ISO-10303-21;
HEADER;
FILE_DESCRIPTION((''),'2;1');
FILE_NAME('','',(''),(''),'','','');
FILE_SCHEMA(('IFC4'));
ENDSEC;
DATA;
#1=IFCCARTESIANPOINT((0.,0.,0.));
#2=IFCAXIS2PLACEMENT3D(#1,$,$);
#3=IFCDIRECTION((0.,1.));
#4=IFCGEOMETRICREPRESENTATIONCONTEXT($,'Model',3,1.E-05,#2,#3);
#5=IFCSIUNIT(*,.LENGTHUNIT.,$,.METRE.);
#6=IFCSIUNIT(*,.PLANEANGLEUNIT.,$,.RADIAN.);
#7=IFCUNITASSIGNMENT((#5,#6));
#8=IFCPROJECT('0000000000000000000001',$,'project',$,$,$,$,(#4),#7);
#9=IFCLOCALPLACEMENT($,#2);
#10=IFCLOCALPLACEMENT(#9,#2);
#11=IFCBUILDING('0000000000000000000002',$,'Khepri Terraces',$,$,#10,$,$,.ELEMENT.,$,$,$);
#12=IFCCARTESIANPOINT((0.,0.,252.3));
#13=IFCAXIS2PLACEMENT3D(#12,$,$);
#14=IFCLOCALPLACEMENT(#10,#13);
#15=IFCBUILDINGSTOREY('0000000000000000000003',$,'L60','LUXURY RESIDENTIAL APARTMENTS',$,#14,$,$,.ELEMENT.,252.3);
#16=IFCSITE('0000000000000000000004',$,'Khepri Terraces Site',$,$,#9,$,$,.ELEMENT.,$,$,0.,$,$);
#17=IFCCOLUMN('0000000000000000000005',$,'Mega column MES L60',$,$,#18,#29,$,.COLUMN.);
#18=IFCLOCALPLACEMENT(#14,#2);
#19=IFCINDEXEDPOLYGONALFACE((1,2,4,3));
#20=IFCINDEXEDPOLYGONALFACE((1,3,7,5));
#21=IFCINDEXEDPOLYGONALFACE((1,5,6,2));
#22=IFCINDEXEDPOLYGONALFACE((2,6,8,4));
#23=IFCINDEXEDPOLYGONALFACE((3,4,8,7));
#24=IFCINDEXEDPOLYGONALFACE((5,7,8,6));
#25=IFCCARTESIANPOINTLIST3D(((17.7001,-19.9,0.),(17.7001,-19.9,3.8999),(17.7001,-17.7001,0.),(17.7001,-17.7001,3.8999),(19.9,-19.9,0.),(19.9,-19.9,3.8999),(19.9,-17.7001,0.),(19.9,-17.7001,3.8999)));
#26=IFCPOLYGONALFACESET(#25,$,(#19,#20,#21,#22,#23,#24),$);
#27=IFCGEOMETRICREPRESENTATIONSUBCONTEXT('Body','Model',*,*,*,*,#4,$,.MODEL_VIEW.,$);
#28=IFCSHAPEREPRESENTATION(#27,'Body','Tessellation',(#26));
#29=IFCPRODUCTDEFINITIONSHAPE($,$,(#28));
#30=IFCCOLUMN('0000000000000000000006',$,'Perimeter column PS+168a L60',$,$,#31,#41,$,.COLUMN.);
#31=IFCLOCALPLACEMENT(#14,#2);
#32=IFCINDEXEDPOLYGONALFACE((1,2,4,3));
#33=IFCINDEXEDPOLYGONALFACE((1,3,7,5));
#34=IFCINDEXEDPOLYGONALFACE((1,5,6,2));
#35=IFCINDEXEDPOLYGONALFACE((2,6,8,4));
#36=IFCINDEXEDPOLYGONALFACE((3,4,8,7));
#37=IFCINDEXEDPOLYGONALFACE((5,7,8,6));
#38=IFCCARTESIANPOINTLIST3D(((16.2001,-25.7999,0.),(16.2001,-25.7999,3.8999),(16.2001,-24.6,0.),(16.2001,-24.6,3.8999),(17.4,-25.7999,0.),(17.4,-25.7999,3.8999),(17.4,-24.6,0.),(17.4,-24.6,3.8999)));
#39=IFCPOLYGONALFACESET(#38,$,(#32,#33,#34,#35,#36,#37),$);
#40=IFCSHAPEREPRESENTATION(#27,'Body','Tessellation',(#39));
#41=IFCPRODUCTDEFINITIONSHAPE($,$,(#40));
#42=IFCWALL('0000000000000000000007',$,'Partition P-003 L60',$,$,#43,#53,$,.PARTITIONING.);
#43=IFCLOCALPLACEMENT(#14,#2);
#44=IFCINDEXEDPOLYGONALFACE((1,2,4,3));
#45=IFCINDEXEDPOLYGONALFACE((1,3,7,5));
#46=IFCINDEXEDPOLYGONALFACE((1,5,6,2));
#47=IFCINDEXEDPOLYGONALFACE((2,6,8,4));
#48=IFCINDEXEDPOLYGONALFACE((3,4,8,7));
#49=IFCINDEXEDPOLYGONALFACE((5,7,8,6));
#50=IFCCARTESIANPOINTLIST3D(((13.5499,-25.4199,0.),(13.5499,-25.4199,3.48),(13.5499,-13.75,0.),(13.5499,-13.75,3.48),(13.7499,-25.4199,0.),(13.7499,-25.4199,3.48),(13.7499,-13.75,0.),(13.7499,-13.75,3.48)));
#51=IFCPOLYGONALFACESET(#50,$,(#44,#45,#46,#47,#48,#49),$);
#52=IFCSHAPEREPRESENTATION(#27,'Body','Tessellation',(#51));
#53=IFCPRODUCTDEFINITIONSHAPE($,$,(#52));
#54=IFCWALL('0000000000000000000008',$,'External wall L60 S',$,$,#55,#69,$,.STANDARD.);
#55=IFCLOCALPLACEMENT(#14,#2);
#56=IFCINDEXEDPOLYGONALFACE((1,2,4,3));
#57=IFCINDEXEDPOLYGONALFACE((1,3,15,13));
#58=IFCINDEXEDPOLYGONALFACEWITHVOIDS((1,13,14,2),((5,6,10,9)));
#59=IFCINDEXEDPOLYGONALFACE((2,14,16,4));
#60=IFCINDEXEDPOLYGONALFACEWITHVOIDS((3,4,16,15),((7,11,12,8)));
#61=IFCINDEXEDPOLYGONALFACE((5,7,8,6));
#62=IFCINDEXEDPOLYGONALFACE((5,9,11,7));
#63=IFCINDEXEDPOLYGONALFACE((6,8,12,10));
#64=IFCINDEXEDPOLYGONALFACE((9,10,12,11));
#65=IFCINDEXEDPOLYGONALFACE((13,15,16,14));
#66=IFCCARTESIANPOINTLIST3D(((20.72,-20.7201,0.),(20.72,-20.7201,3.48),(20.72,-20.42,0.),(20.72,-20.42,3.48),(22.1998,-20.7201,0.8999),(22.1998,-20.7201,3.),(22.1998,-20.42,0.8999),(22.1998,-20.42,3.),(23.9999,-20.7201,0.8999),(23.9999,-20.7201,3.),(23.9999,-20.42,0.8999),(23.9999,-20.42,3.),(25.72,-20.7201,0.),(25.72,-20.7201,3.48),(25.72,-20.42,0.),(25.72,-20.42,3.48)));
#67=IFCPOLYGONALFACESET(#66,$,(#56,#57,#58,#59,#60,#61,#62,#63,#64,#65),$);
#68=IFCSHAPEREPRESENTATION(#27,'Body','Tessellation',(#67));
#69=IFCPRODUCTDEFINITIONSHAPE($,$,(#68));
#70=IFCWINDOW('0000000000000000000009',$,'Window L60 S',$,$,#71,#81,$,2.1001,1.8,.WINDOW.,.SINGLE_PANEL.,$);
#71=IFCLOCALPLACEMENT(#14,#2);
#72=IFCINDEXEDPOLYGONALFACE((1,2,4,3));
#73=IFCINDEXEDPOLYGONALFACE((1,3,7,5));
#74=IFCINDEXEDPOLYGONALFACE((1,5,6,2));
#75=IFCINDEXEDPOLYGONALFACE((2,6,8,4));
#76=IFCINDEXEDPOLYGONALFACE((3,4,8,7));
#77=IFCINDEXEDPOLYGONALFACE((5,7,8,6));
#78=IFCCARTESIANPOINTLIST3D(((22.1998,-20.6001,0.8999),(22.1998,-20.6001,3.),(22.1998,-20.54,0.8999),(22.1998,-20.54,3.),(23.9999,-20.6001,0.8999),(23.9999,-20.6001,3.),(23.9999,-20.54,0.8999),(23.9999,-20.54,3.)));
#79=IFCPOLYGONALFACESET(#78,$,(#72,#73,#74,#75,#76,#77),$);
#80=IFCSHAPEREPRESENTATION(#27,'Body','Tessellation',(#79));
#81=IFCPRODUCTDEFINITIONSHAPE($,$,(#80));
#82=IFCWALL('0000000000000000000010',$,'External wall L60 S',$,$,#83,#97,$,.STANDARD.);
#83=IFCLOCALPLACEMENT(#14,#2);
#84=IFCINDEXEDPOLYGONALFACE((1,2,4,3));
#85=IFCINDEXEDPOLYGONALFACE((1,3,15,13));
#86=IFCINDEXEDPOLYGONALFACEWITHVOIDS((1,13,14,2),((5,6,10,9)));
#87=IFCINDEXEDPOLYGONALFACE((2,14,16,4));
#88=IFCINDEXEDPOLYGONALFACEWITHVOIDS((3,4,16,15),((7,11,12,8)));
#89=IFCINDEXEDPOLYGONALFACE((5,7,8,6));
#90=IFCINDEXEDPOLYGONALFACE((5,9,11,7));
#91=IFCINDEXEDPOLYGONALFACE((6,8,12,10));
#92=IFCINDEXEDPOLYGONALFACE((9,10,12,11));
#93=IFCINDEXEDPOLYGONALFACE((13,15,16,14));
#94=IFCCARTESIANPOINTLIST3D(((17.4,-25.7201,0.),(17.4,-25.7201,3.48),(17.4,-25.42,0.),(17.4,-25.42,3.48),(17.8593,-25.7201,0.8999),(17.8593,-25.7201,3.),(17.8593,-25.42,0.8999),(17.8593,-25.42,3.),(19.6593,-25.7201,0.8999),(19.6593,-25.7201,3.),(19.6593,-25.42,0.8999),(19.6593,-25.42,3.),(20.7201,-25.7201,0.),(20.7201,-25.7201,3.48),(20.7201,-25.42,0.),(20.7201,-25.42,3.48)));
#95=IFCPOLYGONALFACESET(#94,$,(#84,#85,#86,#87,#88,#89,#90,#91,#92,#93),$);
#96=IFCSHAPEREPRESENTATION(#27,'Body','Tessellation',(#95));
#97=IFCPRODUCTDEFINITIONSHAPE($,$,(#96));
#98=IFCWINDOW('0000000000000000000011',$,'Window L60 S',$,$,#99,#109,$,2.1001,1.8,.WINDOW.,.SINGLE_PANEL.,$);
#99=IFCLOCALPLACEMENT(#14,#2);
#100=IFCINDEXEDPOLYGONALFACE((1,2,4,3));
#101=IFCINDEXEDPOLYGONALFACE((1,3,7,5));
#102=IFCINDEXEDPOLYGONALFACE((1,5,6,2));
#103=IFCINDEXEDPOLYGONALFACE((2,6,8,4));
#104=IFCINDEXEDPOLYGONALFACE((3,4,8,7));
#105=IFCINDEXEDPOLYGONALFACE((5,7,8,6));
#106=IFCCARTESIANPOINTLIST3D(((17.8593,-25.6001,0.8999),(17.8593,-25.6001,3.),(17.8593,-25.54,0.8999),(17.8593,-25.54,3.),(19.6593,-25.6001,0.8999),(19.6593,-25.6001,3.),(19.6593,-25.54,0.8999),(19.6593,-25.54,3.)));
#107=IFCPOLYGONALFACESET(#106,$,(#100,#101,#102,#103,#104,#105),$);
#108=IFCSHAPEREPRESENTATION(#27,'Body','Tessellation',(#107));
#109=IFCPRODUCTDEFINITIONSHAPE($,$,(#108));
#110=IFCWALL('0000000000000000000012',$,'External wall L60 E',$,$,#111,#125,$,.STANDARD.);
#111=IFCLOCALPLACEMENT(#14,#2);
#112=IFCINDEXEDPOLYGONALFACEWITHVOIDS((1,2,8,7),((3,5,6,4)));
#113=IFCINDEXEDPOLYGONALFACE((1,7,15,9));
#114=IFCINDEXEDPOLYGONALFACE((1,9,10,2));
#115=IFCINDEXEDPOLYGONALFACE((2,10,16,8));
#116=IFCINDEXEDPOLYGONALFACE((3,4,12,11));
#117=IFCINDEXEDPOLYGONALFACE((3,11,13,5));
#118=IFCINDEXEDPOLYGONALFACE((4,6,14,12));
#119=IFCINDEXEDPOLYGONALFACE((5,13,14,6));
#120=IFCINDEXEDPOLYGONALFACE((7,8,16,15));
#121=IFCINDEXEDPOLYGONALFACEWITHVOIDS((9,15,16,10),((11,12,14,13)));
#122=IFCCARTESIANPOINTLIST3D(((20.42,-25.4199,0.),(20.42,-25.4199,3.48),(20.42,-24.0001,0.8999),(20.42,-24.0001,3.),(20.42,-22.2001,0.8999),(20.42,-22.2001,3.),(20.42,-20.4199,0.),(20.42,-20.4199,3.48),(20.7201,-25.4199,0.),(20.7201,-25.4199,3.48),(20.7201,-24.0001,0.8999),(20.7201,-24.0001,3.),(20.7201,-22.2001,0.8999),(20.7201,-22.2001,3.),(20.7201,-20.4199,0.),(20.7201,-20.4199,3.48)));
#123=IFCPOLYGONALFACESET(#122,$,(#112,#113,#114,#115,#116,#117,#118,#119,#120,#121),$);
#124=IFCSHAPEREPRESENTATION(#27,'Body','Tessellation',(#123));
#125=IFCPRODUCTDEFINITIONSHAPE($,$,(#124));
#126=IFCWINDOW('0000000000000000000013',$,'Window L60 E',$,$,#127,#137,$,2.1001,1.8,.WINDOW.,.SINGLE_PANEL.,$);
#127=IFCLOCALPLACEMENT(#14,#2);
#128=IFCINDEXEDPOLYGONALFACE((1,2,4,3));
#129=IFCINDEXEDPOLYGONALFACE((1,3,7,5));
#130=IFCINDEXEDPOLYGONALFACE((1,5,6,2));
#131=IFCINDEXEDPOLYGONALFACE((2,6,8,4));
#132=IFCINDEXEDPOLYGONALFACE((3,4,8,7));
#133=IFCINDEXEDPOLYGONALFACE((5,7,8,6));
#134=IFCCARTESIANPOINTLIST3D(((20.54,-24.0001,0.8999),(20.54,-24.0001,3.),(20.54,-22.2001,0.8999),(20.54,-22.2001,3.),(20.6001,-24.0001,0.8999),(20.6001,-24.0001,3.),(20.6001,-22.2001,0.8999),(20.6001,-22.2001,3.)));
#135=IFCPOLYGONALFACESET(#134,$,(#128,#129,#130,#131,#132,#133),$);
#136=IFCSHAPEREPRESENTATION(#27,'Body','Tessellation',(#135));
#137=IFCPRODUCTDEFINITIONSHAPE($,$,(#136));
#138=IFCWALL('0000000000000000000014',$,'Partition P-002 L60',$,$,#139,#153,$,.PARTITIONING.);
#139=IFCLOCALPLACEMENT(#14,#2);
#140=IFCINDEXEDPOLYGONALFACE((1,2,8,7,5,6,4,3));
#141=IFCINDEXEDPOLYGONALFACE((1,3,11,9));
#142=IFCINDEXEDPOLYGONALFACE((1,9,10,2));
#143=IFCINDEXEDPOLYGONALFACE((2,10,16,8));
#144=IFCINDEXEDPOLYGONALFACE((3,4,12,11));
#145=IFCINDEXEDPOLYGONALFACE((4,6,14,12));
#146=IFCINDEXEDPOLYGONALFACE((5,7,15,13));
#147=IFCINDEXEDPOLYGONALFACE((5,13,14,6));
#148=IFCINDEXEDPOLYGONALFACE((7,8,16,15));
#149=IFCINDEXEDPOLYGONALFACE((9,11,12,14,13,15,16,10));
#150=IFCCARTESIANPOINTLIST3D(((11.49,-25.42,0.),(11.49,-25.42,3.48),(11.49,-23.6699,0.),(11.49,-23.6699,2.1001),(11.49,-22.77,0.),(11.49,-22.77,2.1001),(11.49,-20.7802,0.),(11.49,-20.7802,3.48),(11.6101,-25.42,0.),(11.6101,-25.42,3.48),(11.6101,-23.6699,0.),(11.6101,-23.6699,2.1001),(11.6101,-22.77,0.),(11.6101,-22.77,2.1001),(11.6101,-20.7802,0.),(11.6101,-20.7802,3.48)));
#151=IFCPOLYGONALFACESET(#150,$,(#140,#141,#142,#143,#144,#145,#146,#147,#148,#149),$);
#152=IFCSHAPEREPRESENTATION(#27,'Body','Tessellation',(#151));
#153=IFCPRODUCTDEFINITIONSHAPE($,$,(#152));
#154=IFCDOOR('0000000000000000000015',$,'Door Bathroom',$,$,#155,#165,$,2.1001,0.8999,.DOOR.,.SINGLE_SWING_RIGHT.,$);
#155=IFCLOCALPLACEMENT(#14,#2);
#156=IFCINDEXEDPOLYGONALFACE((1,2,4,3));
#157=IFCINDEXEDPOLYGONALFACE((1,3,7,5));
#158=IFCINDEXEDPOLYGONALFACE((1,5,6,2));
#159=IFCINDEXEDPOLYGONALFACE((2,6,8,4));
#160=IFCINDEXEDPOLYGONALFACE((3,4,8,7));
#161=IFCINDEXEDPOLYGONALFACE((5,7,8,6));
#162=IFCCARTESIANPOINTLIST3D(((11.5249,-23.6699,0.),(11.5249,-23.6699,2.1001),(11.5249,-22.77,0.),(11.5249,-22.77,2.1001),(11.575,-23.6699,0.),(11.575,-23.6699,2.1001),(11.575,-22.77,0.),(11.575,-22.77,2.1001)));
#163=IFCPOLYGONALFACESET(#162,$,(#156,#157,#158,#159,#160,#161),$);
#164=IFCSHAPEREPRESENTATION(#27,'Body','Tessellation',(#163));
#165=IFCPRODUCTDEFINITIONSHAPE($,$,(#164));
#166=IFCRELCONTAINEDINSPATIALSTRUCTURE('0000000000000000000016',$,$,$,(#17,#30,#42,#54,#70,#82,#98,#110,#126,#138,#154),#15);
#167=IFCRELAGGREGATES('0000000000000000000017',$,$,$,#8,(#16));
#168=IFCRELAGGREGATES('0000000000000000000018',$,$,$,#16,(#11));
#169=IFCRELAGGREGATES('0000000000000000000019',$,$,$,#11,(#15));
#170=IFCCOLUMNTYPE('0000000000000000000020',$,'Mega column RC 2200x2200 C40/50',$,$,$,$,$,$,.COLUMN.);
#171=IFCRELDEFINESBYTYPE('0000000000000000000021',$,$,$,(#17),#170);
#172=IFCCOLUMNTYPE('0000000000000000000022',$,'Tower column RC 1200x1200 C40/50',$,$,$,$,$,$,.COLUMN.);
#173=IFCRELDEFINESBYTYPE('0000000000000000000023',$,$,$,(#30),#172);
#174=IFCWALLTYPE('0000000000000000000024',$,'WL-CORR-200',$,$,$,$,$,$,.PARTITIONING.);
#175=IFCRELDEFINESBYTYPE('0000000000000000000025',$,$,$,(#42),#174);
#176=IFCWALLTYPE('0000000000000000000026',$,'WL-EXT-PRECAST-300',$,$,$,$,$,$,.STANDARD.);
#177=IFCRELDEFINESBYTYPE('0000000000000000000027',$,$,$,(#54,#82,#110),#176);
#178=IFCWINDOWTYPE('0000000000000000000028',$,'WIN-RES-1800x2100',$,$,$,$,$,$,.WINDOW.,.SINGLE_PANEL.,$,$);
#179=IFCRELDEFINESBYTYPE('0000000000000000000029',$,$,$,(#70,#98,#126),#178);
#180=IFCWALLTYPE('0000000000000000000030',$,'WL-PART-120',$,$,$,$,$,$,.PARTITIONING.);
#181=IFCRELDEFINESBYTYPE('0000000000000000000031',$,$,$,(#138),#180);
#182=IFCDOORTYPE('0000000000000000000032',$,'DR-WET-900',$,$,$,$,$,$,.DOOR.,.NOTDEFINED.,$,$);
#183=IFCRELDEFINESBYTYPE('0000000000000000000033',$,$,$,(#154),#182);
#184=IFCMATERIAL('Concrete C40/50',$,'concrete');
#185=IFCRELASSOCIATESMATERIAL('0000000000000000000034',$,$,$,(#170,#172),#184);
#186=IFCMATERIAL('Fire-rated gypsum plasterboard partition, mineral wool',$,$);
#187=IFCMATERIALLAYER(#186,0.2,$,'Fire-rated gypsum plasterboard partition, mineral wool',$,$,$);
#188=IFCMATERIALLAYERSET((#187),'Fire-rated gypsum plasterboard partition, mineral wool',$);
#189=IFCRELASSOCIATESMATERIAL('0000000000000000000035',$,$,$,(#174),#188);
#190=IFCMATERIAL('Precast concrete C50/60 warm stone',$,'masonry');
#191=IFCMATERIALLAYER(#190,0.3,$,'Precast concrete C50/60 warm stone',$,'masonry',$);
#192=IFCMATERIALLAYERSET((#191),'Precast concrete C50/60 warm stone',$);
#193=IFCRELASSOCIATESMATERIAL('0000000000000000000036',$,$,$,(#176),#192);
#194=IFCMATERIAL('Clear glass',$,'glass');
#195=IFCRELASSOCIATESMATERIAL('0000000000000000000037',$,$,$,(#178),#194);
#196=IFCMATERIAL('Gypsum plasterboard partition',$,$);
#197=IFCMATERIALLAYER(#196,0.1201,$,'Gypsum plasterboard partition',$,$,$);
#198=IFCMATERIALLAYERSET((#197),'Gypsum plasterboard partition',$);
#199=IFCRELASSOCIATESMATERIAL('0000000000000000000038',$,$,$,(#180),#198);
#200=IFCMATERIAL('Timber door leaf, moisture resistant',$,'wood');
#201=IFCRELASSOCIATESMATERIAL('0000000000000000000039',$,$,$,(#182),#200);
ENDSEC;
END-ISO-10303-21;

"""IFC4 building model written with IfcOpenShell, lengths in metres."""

from ifc_helpers import new_model, si_unit, direction, frame, frame_2d, origin, origin_2d, place, context, subcontext, project, spatial, rectangle, extrude, material, layer, layer_set, material_profile, profile_set, type_object, element, fill, save


model = new_model("IFC4")

# Units and contexts
model_context = context("Model", 3, precision=1e-05, world=origin(), true_north=direction((0.0, 1.0)))
body_context = subcontext(model_context, "Body", "Model", "MODEL_VIEW")
ifc_project = project(units=[si_unit("LENGTHUNIT", "METRE"), si_unit("PLANEANGLEUNIT", "RADIAN")], contexts=[model_context])

# Site, building, storey
site_placement = place(None, origin())
site = spatial("IfcSite", under=ifc_project, at=site_placement, Name="Khepri Terraces Site", CompositionType="ELEMENT", RefElevation=0.0)
building_placement = place(site_placement, origin())
building = spatial("IfcBuilding", under=site, at=building_placement, Name="Khepri Terraces", CompositionType="ELEMENT")
storey_placement = place(building_placement, frame((0.0, 0.0, 252.3)))
storey = spatial("IfcBuildingStorey", under=building, at=storey_placement, Name="L60", Description="LUXURY RESIDENTIAL APARTMENTS", CompositionType="ELEMENT", Elevation=252.3)

# Columns
ifc_material_1 = material(Name="Concrete C40/50", Category="concrete")
ifc_material_profile_1 = material_profile(ifc_material_1, rectangle(XDim=2.2, YDim=2.2, at=origin_2d()), Name="Concrete C40/50", Category="concrete")
ifc_profile_set_1 = profile_set([ifc_material_profile_1], Name="Concrete C40/50")
column_type_1 = type_object("IfcColumnType", Name="Mega column RC 2200x2200 C40/50", PredefinedType="COLUMN", material=ifc_profile_set_1)
column_1_placement = place(storey_placement, frame((18.8, -18.8, 0.0), z_axis=(0.0, 0.0, 1.0), x_axis=(1.0, 0.0, 0.0)))
element("IfcColumn", 1, at=column_1_placement, inside=storey, type_object=column_type_1, Name="Mega column MES L60", PredefinedType="COLUMN", context=body_context, shape_type="SweptSolid", body=[
    extrude(rectangle(XDim=2.2, YDim=2.2, at=origin_2d()), origin(), (0.0, 0.0, 1.0), 3.8999),
])
ifc_material_profile_2 = material_profile(ifc_material_1, rectangle(XDim=1.2, YDim=1.2, at=origin_2d()), Name="Concrete C40/50", Category="concrete")
ifc_profile_set_2 = profile_set([ifc_material_profile_2], Name="Concrete C40/50")
column_type_2 = type_object("IfcColumnType", Name="Tower column RC 1200x1200 C40/50", PredefinedType="COLUMN", material=ifc_profile_set_2)
column_2_placement = place(storey_placement, frame((16.8, -25.2, 0.0), z_axis=(0.0, 0.0, 1.0), x_axis=(1.0, 0.0, 0.0)))
element("IfcColumn", 2, at=column_2_placement, inside=storey, type_object=column_type_2, Name="Perimeter column PS+168a L60", PredefinedType="COLUMN", context=body_context, shape_type="SweptSolid", body=[
    extrude(rectangle(XDim=1.2, YDim=1.2, at=origin_2d()), origin(), (0.0, 0.0, 1.0), 3.8999),
])

# Wall
ifc_material_2 = material(Name="Fire-rated gypsum plasterboard partition, mineral wool")
ifc_layer_1 = layer(ifc_material_2, 0.2, Name="Fire-rated gypsum plasterboard partition, mineral wool")
ifc_layer_set_1 = layer_set([ifc_layer_1], Name="Fire-rated gypsum plasterboard partition, mineral wool")
wall_type_1 = type_object("IfcWallType", Name="WL-CORR-200", PredefinedType="PARTITIONING", material=ifc_layer_set_1)
wall_1_placement = place(storey_placement, frame((13.6499, -25.4199, 0.0), z_axis=(0.0, 0.0, 1.0), x_axis=(0.0, 1.0, 0.0)))
element("IfcWall", 3, at=wall_1_placement, inside=storey, type_object=wall_type_1, Name="Partition P-003 L60", PredefinedType="PARTITIONING", context=body_context, shape_type="SweptSolid", body=[
    extrude(rectangle(XDim=11.6699, YDim=0.2, at=frame_2d((5.835, 0.0))), origin(), (0.0, 0.0, 1.0), 3.48),
])

# Wall, opening, window
ifc_material_3 = material(Name="Precast concrete C50/60 warm stone", Category="masonry")
ifc_layer_2 = layer(ifc_material_3, 0.3, Name="Precast concrete C50/60 warm stone", Category="masonry")
ifc_layer_set_2 = layer_set([ifc_layer_2], Name="Precast concrete C50/60 warm stone")
wall_type_2 = type_object("IfcWallType", Name="WL-EXT-PRECAST-300", PredefinedType="STANDARD", material=ifc_layer_set_2)
wall_2_placement = place(storey_placement, frame((20.72, -20.5701, 0.0), z_axis=(0.0, 0.0, 1.0), x_axis=(1.0, 0.0, 0.0)))
wall_2 = element("IfcWall", 4, at=wall_2_placement, inside=storey, type_object=wall_type_2, Name="External wall L60 S", PredefinedType="STANDARD", context=body_context, shape_type="SweptSolid", body=[
    extrude(rectangle(XDim=5.0, YDim=0.3, at=frame_2d((2.5, 0.0))), origin(), (0.0, 0.0, 1.0), 3.48),
])
opening_1_placement = place(wall_2_placement, frame((1.48, 0.0, 0.8999)))
opening_1 = element("IfcOpeningElement", 5, at=opening_1_placement, cuts=wall_2, PredefinedType="OPENING", context=body_context, shape_type="SweptSolid", body=[
    extrude(rectangle(XDim=1.8, YDim=2.1001, at=frame_2d((0.8999, 1.05))), frame((0.0, 0.1602, 0.0), z_axis=(0.0, -1.0, 0.0), x_axis=(1.0, 0.0, 0.0)), (0.0, 0.0, 1.0), 0.3201),
])
ifc_material_4 = material(Name="Clear glass", Category="glass")
window_type = type_object("IfcWindowType", Name="WIN-RES-1800x2100", PartitioningType="SINGLE_PANEL", PredefinedType="WINDOW", material=ifc_material_4)
window_1_placement = place(opening_1_placement, origin())
window_1 = element("IfcWindow", 6, at=window_1_placement, inside=storey, type_object=window_type, Name="Window L60 S", OverallHeight=2.1001, OverallWidth=1.8, PartitioningType="SINGLE_PANEL", PredefinedType="WINDOW", context=body_context, shape_type="SweptSolid", body=[
    extrude(rectangle(XDim=1.8, YDim=2.1001, at=frame_2d((0.8999, 1.05))), frame((0.0, 0.03, 0.0), z_axis=(0.0, -1.0, 0.0), x_axis=(1.0, 0.0, 0.0)), (0.0, 0.0, 1.0), 0.0601),
])
fill(opening_1, window_1)

# Walls, openings, windows
wall_3_placement = place(storey_placement, frame((17.3999, -25.5701, 0.0), z_axis=(0.0, 0.0, 1.0), x_axis=(1.0, 0.0, 0.0)))
wall_3 = element("IfcWall", 7, at=wall_3_placement, inside=storey, type_object=wall_type_2, Name="External wall L60 S", PredefinedType="STANDARD", context=body_context, shape_type="SweptSolid", body=[
    extrude(rectangle(XDim=3.3201, YDim=0.3, at=frame_2d((1.6602, 0.0))), origin(), (0.0, 0.0, 1.0), 3.48),
])
opening_2_placement = place(wall_3_placement, frame((0.4595, 0.0, 0.8999)))
opening_2 = element("IfcOpeningElement", 8, at=opening_2_placement, cuts=wall_3, PredefinedType="OPENING", context=body_context, shape_type="SweptSolid", body=[
    extrude(rectangle(XDim=1.8, YDim=2.1001, at=frame_2d((0.8999, 1.05))), frame((0.0, 0.1602, 0.0), z_axis=(0.0, -1.0, 0.0), x_axis=(1.0, 0.0, 0.0)), (0.0, 0.0, 1.0), 0.3201),
])
window_2_placement = place(opening_2_placement, origin())
window_2 = element("IfcWindow", 9, at=window_2_placement, inside=storey, type_object=window_type, Name="Window L60 S", OverallHeight=2.1001, OverallWidth=1.8, PartitioningType="SINGLE_PANEL", PredefinedType="WINDOW", context=body_context, shape_type="SweptSolid", body=[
    extrude(rectangle(XDim=1.8, YDim=2.1001, at=frame_2d((0.8999, 1.05))), frame((0.0, 0.03, 0.0), z_axis=(0.0, -1.0, 0.0), x_axis=(1.0, 0.0, 0.0)), (0.0, 0.0, 1.0), 0.0601),
])
fill(opening_2, window_2)
wall_4_placement = place(storey_placement, frame((20.5701, -25.4199, 0.0), z_axis=(0.0, 0.0, 1.0), x_axis=(0.0, 1.0, 0.0)))
wall_4 = element("IfcWall", 10, at=wall_4_placement, inside=storey, type_object=wall_type_2, Name="External wall L60 E", PredefinedType="STANDARD", context=body_context, shape_type="SweptSolid", body=[
    extrude(rectangle(XDim=5.0, YDim=0.3, at=frame_2d((2.5, 0.0))), origin(), (0.0, 0.0, 1.0), 3.48),
])
opening_3_placement = place(wall_4_placement, frame((1.4199, 0.0, 0.8999)))
opening_3 = element("IfcOpeningElement", 11, at=opening_3_placement, cuts=wall_4, PredefinedType="OPENING", context=body_context, shape_type="SweptSolid", body=[
    extrude(rectangle(XDim=1.8, YDim=2.1001, at=frame_2d((0.8999, 1.05))), frame((0.0, 0.1602, 0.0), z_axis=(0.0, -1.0, 0.0), x_axis=(1.0, 0.0, 0.0)), (0.0, 0.0, 1.0), 0.3201),
])
window_3_placement = place(opening_3_placement, origin())
window_3 = element("IfcWindow", 12, at=window_3_placement, inside=storey, type_object=window_type, Name="Window L60 E", OverallHeight=2.1001, OverallWidth=1.8, PartitioningType="SINGLE_PANEL", PredefinedType="WINDOW", context=body_context, shape_type="SweptSolid", body=[
    extrude(rectangle(XDim=1.8, YDim=2.1001, at=frame_2d((0.8999, 1.05))), frame((0.0, 0.03, 0.0), z_axis=(0.0, -1.0, 0.0), x_axis=(1.0, 0.0, 0.0)), (0.0, 0.0, 1.0), 0.0601),
])
fill(opening_3, window_3)

# Wall, opening, door
ifc_material_5 = material(Name="Gypsum plasterboard partition")
ifc_layer_3 = layer(ifc_material_5, 0.1201, Name="Gypsum plasterboard partition")
ifc_layer_set_3 = layer_set([ifc_layer_3], Name="Gypsum plasterboard partition")
wall_type_3 = type_object("IfcWallType", Name="WL-PART-120", PredefinedType="PARTITIONING", material=ifc_layer_set_3)
wall_5_placement = place(storey_placement, frame((11.55, -25.4199, 0.0), z_axis=(0.0, 0.0, 1.0), x_axis=(0.0, 1.0, 0.0)))
wall_5 = element("IfcWall", 13, at=wall_5_placement, inside=storey, type_object=wall_type_3, Name="Partition P-002 L60", PredefinedType="PARTITIONING", context=body_context, shape_type="SweptSolid", body=[
    extrude(rectangle(XDim=4.6399, YDim=0.1201, at=frame_2d((2.3198, 0.0))), origin(), (0.0, 0.0, 1.0), 3.48),
])
opening_4_placement = place(wall_5_placement, frame((1.75, 0.0, 0.0)))
opening_4 = element("IfcOpeningElement", 14, at=opening_4_placement, cuts=wall_5, PredefinedType="OPENING", context=body_context, shape_type="SweptSolid", body=[
    extrude(rectangle(XDim=0.8999, YDim=2.1001, at=frame_2d((0.45, 1.05))), frame((0.0, 0.0701, 0.0), z_axis=(0.0, -1.0, 0.0), x_axis=(1.0, 0.0, 0.0)), (0.0, 0.0, 1.0), 0.1401),
])
ifc_material_6 = material(Name="Timber door leaf, moisture resistant", Category="wood")
door_type_1 = type_object("IfcDoorType", Name="DR-WET-900", OperationType="NOTDEFINED", PredefinedType="DOOR", material=ifc_material_6)
door_1_placement = place(opening_4_placement, frame((0.8999, 0.0, 0.0), z_axis=(0.0, 0.0, 1.0), x_axis=(-1.0, 0.0, 0.0)))
door_1 = element("IfcDoor", 15, at=door_1_placement, inside=storey, type_object=door_type_1, Name="Door Bathroom", OperationType="SINGLE_SWING_RIGHT", OverallHeight=2.1001, OverallWidth=0.8999, PredefinedType="DOOR", context=body_context, shape_type="SweptSolid", body=[
    extrude(rectangle(XDim=0.8999, YDim=2.1001, at=frame_2d((0.45, 1.05))), frame((0.0, 0.0249, 0.0), z_axis=(0.0, -1.0, 0.0), x_axis=(1.0, 0.0, 0.0)), (0.0, 0.0, 1.0), 0.05),
])
fill(opening_4, door_1)

save(model, "model.ifc")
